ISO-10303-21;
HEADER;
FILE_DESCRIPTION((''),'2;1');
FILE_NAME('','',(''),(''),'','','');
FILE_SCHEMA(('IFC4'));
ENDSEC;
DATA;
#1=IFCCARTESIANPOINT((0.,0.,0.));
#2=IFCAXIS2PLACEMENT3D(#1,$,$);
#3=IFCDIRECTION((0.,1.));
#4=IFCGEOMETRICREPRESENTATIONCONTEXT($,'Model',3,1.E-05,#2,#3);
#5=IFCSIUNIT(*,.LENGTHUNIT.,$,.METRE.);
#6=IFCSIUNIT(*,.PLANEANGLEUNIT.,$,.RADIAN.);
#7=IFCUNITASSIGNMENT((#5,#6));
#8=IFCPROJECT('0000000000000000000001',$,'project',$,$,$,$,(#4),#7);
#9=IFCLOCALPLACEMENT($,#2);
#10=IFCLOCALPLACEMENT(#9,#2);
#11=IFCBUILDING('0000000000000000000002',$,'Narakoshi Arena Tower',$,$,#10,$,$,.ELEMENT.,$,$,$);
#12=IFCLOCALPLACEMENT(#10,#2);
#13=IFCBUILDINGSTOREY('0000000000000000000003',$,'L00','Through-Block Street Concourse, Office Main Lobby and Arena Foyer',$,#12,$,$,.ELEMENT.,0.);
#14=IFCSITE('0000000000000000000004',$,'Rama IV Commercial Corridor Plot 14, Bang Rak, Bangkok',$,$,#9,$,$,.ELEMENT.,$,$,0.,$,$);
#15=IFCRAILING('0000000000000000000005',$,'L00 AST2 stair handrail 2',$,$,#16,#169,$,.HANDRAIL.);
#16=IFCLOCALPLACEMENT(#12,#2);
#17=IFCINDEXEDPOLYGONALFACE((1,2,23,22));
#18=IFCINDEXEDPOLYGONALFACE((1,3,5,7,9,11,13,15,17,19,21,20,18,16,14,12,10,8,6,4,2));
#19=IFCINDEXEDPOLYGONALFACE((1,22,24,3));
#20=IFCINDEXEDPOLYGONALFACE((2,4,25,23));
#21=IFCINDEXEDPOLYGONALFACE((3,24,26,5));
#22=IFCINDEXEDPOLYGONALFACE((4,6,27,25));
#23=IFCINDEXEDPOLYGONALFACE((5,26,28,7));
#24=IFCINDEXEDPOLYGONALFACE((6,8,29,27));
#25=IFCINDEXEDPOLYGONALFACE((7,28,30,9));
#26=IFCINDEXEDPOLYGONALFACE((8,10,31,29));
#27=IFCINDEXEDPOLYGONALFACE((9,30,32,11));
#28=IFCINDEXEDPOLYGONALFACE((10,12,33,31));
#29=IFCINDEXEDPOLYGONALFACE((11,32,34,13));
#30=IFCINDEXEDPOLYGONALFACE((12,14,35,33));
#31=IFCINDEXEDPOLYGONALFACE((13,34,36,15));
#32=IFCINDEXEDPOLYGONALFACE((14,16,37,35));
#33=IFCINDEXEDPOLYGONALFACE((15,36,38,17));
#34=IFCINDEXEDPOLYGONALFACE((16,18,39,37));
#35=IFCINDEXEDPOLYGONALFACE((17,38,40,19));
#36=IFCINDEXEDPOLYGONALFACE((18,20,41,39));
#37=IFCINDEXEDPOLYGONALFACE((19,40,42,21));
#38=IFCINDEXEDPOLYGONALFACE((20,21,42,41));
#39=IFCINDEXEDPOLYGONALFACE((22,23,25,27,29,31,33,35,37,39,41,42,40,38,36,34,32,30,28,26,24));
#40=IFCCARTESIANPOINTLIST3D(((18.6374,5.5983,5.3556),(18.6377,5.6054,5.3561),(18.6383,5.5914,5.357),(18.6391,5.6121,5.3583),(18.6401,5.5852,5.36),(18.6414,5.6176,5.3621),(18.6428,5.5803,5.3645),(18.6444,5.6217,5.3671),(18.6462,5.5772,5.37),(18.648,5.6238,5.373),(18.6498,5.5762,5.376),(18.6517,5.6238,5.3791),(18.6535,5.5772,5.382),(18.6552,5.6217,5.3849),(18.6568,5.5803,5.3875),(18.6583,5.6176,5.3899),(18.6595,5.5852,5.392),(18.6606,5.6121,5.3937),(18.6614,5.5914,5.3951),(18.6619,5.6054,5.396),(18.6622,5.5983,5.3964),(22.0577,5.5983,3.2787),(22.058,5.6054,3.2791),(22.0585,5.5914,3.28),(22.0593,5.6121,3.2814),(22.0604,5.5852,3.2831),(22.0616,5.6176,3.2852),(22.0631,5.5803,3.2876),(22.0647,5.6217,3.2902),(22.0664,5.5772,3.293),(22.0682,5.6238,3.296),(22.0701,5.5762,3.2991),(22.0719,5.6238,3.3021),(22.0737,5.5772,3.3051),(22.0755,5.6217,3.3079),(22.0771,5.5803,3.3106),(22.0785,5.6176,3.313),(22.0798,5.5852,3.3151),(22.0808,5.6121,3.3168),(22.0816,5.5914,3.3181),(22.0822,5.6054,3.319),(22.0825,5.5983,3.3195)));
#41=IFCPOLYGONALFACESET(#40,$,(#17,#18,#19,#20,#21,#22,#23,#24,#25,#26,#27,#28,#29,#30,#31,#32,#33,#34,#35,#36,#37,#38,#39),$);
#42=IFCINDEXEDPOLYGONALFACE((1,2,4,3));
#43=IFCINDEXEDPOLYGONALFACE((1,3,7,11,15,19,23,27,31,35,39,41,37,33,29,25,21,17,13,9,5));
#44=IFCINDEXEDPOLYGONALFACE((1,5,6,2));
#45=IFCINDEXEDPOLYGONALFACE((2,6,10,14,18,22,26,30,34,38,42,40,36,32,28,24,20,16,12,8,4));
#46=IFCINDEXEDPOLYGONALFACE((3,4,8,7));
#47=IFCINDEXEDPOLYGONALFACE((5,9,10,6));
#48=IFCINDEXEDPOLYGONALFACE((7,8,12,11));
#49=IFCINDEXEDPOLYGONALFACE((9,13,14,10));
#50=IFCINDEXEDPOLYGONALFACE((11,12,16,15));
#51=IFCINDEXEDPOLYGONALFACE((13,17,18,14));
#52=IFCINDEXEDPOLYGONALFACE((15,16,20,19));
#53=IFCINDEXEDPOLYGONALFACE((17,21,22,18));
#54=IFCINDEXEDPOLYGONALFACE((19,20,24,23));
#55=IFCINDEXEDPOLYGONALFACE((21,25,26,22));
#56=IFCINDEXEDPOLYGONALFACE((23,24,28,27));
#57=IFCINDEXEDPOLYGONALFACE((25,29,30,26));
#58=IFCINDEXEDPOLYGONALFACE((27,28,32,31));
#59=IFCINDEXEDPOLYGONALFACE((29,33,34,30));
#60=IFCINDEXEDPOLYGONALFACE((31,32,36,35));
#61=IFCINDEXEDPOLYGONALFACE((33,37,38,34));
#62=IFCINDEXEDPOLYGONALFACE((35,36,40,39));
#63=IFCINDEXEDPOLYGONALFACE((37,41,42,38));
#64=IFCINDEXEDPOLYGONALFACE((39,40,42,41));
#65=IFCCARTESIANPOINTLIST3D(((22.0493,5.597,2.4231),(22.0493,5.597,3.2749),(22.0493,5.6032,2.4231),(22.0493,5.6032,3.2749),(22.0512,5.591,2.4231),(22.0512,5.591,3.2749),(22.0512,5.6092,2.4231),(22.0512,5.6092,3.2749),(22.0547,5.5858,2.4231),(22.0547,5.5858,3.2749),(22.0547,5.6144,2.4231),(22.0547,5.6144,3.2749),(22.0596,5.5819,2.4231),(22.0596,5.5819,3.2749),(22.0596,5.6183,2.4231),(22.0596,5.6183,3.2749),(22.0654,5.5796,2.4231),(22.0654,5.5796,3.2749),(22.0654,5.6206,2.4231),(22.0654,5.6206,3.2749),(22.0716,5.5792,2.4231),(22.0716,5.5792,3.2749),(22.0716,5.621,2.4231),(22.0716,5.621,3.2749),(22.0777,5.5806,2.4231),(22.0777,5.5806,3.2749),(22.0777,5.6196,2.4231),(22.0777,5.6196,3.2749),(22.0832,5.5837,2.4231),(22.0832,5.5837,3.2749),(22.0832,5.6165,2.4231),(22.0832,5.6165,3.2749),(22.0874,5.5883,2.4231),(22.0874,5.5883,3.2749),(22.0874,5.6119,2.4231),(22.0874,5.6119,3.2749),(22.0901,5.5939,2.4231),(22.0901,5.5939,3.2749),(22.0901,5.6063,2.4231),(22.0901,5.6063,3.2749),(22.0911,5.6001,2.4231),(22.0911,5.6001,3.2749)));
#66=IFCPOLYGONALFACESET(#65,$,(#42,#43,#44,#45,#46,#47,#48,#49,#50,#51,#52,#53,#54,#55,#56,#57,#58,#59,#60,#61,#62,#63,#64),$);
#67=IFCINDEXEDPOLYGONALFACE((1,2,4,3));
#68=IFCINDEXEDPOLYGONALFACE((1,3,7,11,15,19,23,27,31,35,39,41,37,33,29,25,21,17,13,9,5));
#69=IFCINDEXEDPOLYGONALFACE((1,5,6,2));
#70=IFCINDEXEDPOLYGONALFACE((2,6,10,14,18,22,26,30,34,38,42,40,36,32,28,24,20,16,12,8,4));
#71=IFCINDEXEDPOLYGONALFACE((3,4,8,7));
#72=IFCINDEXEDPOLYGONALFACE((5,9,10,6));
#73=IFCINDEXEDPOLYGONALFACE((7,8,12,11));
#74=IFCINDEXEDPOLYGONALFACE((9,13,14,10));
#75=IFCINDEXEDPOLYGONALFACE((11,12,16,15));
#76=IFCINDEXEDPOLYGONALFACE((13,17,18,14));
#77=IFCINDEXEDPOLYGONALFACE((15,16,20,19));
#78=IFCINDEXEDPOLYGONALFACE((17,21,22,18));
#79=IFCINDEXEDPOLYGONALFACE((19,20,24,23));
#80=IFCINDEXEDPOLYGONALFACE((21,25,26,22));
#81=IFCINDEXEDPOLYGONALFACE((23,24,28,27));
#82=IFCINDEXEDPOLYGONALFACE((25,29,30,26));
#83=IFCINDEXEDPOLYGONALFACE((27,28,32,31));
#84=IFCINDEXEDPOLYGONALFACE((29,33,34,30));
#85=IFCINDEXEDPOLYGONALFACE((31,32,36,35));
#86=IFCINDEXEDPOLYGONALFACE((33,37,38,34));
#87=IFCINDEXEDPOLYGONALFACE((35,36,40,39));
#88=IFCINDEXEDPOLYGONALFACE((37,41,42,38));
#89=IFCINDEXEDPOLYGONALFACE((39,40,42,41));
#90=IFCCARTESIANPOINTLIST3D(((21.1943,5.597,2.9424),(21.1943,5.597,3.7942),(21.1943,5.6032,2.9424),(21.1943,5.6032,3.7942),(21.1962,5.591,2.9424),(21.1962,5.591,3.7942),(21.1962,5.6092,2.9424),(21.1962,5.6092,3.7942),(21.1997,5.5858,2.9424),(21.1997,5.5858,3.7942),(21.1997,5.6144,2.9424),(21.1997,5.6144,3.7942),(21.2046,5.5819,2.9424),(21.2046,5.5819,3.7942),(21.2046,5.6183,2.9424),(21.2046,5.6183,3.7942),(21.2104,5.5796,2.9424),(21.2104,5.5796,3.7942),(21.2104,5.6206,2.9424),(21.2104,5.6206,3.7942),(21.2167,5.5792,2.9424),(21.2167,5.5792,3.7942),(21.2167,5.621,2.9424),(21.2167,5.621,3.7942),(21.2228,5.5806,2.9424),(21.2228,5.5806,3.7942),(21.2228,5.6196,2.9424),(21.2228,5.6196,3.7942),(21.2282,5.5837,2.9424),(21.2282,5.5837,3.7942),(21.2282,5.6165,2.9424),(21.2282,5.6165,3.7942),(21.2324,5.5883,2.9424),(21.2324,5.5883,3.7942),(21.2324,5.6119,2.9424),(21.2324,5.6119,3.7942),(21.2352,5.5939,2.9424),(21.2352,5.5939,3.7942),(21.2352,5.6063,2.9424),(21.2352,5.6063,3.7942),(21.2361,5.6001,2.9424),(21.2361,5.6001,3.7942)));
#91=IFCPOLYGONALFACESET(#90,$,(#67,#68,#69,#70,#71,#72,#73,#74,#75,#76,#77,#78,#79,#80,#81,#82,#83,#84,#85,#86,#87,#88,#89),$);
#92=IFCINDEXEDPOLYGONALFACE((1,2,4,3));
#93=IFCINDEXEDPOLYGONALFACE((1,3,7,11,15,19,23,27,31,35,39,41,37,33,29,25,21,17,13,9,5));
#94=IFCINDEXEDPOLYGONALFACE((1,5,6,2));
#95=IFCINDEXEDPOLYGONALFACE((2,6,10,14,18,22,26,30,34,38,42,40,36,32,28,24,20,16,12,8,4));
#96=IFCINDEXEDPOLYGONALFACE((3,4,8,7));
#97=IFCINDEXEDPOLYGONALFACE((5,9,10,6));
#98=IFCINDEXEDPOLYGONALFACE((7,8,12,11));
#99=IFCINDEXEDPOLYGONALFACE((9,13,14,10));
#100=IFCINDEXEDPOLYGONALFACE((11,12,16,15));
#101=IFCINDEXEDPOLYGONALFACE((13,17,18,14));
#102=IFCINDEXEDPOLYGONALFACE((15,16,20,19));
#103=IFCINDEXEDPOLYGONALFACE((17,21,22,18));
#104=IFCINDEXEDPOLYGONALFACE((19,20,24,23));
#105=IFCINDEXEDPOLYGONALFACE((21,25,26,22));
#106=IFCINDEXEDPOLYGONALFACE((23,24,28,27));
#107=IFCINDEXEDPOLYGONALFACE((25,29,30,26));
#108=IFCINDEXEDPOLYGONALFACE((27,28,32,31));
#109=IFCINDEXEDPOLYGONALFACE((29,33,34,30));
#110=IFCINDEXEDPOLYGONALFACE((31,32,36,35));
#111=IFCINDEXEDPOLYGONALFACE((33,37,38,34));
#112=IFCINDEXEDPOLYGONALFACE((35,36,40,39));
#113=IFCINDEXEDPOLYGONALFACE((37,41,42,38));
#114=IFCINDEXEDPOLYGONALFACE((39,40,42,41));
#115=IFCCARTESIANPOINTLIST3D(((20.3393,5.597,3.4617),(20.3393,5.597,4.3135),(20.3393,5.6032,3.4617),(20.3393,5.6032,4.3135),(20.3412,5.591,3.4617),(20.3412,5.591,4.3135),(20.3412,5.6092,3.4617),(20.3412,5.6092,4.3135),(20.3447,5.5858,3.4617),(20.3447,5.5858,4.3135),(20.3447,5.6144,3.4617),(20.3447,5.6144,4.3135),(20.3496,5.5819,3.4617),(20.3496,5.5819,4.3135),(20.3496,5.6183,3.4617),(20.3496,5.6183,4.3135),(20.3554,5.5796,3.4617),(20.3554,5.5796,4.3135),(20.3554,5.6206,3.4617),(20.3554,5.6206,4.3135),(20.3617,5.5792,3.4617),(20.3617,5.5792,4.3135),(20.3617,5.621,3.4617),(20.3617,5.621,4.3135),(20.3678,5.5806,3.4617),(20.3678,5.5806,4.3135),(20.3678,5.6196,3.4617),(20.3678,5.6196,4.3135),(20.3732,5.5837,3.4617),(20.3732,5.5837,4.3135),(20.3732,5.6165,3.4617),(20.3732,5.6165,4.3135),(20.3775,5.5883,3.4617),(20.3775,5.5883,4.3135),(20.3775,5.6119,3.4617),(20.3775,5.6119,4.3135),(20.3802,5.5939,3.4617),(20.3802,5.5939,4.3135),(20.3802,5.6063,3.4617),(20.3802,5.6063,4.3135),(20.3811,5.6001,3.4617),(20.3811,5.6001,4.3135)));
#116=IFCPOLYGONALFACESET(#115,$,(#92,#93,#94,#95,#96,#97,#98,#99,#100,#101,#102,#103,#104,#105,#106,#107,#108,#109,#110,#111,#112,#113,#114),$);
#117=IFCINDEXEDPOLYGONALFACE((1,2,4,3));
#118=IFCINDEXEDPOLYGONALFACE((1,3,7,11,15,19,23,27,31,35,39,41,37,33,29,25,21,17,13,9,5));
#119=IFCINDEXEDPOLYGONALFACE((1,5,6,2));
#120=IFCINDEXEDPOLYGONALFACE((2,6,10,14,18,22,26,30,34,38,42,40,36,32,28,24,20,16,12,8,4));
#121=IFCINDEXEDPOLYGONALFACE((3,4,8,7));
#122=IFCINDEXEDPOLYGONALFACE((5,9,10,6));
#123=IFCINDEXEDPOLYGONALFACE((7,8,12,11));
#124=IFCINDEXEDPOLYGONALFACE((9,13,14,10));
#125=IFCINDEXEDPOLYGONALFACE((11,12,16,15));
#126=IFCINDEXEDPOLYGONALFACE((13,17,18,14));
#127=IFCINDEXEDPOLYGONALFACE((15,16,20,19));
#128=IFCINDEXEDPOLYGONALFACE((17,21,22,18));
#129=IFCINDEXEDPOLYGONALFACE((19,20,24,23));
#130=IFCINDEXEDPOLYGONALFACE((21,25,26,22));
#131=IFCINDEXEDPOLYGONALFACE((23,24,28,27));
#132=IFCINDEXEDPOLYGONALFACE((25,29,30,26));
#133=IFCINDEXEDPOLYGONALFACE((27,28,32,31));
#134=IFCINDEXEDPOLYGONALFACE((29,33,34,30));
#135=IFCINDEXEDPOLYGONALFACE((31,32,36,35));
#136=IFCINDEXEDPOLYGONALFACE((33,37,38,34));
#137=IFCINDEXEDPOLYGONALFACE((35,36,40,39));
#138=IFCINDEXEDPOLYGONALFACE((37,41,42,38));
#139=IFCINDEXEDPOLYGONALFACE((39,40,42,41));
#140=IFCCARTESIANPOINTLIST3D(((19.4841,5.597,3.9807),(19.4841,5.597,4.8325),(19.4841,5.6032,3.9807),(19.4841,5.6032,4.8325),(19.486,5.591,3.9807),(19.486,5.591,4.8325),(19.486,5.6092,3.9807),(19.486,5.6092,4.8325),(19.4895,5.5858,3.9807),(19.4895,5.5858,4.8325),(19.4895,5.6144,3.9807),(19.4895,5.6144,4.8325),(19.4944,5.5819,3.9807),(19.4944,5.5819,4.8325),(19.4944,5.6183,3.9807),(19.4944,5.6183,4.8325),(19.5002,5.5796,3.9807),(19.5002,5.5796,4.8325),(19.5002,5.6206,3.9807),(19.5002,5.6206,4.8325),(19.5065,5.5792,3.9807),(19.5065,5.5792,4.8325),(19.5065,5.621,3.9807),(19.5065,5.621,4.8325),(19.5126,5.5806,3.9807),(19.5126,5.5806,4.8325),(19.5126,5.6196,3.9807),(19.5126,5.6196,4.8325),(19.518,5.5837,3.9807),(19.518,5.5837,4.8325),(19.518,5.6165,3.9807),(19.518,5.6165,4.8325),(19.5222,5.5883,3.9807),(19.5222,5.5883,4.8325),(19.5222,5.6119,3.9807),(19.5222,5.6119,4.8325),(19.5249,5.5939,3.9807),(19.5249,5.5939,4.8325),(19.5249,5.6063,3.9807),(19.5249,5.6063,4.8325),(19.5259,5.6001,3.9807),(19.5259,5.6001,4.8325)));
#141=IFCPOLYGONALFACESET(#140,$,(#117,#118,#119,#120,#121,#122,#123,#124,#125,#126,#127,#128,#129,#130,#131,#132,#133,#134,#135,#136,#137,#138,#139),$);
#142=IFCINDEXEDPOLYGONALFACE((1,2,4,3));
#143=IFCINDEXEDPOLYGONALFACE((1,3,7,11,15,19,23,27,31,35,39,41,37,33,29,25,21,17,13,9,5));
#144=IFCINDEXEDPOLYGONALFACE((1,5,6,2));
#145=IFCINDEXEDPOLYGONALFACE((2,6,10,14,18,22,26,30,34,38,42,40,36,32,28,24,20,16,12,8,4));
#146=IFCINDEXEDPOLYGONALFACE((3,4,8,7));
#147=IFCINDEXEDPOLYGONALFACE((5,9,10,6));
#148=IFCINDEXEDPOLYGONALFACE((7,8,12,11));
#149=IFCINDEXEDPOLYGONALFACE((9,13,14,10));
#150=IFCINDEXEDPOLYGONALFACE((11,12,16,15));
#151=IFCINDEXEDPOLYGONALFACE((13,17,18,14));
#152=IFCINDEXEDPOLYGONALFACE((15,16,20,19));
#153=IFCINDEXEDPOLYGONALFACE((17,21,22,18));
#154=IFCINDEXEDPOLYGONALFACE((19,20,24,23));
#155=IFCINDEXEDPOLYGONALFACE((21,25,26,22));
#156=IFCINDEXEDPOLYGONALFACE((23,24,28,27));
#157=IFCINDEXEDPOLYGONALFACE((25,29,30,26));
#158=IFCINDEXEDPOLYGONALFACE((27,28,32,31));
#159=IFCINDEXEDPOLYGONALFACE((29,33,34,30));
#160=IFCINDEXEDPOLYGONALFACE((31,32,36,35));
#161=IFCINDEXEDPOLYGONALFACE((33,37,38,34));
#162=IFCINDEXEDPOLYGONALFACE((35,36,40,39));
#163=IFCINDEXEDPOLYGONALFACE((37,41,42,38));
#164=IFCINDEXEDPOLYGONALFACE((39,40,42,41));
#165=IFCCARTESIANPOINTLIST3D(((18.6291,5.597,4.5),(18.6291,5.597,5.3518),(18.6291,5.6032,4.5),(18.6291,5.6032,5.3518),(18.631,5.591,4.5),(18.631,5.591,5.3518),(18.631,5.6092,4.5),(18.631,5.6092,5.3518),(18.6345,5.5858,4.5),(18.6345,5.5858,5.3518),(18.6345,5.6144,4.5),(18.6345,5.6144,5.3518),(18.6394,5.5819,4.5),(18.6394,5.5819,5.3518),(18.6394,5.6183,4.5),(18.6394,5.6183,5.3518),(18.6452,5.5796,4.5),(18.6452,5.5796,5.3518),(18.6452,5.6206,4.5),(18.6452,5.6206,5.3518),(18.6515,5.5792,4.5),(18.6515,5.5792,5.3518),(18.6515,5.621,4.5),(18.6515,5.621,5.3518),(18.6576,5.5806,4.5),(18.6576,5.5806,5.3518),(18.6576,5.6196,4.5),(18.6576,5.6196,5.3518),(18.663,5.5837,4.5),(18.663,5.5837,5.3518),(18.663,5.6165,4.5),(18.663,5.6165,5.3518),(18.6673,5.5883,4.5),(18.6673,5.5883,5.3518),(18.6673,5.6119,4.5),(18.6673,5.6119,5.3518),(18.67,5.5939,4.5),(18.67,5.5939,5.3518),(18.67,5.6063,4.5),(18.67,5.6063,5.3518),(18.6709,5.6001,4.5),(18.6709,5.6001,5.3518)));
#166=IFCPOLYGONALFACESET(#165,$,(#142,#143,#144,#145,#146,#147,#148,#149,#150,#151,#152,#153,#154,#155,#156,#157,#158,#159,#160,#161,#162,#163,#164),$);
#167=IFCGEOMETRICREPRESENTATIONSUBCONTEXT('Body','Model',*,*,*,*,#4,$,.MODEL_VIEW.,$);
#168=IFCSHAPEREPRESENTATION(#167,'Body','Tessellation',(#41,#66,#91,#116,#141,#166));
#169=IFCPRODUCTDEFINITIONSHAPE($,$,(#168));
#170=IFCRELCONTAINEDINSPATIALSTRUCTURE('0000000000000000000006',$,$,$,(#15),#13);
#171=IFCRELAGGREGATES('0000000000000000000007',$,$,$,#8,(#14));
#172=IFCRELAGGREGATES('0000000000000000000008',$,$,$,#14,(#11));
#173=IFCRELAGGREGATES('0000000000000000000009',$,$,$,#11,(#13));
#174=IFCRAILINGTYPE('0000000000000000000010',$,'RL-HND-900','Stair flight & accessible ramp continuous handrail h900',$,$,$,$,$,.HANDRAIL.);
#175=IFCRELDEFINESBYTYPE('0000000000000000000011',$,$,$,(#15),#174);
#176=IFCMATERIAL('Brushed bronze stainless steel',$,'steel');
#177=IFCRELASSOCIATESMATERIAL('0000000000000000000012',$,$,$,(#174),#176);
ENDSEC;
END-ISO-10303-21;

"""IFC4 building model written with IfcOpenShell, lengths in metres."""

from ifc_helpers import new_model, si_unit, direction, frame, origin, origin_2d, place, context, subcontext, project, spatial, circle, extrude, material, type_object, element, save


model = new_model("IFC4")

# Units and contexts
model_context = context("Model", 3, precision=1e-05, world=origin(), true_north=direction((0.0, 1.0)))
body_context = subcontext(model_context, "Body", "Model", "MODEL_VIEW")
ifc_project = project(units=[si_unit("LENGTHUNIT", "METRE"), si_unit("PLANEANGLEUNIT", "RADIAN")], contexts=[model_context])

# Site, building, storey
site_placement = place(None, origin())
site = spatial("IfcSite", under=ifc_project, at=site_placement, Name="Rama IV Commercial Corridor Plot 14, Bang Rak, Bangkok", CompositionType="ELEMENT", RefElevation=0.0)
building_placement = place(site_placement, origin())
building = spatial("IfcBuilding", under=site, at=building_placement, Name="Narakoshi Arena Tower", CompositionType="ELEMENT")
storey_placement = place(building_placement, origin())
storey = spatial("IfcBuildingStorey", under=building, at=storey_placement, Name="L00", Description="Through-Block Street Concourse, Office Main Lobby and Arena Foyer", CompositionType="ELEMENT", Elevation=0.0)

# Railing
ifc_material_1 = material(Name="Brushed bronze stainless steel", Category="steel")
railing_type_1 = type_object("IfcRailingType", Name="RL-HND-900", Description="Stair flight & accessible ramp continuous handrail h900", PredefinedType="HANDRAIL", material=ifc_material_1)
for number, where, name in (
    (1, (22.0701, 5.6001, 2.4231), "L00 AST2 stair handrail 2"),
):
    element("IfcRailing", number, at=place(storey_placement, frame(where)), inside=storey, type_object=railing_type_1, Name=name, PredefinedType="HANDRAIL", context=body_context, shape_type="SweptSolid", body=[
        extrude(circle(Radius=0.0239, at=origin_2d()), frame((0.0, 0.0, 0.876), z_axis=(-0.854746, 0.0, 0.519047), x_axis=(0.0, -1.0, 0.0)), (0.0, 0.0, 1.0), 4.0015),
        extrude(circle(Radius=0.021, at=origin_2d()), origin(), (0.0, 0.0, 1.0), 0.8518),
        extrude(circle(Radius=0.021, at=origin_2d()), frame((-0.855, 0.0, 0.5193)), (0.0, 0.0, 1.0), 0.8518),
        extrude(circle(Radius=0.021, at=origin_2d()), frame((-1.71, 0.0, 1.0386)), (0.0, 0.0, 1.0), 0.8518),
        extrude(circle(Radius=0.021, at=origin_2d()), frame((-2.5652, 0.0, 1.5576)), (0.0, 0.0, 1.0), 0.8518),
        extrude(circle(Radius=0.021, at=origin_2d()), frame((-3.4202, 0.0, 2.0769)), (0.0, 0.0, 1.0), 0.8518),
    ])

save(model, "model.ifc")
